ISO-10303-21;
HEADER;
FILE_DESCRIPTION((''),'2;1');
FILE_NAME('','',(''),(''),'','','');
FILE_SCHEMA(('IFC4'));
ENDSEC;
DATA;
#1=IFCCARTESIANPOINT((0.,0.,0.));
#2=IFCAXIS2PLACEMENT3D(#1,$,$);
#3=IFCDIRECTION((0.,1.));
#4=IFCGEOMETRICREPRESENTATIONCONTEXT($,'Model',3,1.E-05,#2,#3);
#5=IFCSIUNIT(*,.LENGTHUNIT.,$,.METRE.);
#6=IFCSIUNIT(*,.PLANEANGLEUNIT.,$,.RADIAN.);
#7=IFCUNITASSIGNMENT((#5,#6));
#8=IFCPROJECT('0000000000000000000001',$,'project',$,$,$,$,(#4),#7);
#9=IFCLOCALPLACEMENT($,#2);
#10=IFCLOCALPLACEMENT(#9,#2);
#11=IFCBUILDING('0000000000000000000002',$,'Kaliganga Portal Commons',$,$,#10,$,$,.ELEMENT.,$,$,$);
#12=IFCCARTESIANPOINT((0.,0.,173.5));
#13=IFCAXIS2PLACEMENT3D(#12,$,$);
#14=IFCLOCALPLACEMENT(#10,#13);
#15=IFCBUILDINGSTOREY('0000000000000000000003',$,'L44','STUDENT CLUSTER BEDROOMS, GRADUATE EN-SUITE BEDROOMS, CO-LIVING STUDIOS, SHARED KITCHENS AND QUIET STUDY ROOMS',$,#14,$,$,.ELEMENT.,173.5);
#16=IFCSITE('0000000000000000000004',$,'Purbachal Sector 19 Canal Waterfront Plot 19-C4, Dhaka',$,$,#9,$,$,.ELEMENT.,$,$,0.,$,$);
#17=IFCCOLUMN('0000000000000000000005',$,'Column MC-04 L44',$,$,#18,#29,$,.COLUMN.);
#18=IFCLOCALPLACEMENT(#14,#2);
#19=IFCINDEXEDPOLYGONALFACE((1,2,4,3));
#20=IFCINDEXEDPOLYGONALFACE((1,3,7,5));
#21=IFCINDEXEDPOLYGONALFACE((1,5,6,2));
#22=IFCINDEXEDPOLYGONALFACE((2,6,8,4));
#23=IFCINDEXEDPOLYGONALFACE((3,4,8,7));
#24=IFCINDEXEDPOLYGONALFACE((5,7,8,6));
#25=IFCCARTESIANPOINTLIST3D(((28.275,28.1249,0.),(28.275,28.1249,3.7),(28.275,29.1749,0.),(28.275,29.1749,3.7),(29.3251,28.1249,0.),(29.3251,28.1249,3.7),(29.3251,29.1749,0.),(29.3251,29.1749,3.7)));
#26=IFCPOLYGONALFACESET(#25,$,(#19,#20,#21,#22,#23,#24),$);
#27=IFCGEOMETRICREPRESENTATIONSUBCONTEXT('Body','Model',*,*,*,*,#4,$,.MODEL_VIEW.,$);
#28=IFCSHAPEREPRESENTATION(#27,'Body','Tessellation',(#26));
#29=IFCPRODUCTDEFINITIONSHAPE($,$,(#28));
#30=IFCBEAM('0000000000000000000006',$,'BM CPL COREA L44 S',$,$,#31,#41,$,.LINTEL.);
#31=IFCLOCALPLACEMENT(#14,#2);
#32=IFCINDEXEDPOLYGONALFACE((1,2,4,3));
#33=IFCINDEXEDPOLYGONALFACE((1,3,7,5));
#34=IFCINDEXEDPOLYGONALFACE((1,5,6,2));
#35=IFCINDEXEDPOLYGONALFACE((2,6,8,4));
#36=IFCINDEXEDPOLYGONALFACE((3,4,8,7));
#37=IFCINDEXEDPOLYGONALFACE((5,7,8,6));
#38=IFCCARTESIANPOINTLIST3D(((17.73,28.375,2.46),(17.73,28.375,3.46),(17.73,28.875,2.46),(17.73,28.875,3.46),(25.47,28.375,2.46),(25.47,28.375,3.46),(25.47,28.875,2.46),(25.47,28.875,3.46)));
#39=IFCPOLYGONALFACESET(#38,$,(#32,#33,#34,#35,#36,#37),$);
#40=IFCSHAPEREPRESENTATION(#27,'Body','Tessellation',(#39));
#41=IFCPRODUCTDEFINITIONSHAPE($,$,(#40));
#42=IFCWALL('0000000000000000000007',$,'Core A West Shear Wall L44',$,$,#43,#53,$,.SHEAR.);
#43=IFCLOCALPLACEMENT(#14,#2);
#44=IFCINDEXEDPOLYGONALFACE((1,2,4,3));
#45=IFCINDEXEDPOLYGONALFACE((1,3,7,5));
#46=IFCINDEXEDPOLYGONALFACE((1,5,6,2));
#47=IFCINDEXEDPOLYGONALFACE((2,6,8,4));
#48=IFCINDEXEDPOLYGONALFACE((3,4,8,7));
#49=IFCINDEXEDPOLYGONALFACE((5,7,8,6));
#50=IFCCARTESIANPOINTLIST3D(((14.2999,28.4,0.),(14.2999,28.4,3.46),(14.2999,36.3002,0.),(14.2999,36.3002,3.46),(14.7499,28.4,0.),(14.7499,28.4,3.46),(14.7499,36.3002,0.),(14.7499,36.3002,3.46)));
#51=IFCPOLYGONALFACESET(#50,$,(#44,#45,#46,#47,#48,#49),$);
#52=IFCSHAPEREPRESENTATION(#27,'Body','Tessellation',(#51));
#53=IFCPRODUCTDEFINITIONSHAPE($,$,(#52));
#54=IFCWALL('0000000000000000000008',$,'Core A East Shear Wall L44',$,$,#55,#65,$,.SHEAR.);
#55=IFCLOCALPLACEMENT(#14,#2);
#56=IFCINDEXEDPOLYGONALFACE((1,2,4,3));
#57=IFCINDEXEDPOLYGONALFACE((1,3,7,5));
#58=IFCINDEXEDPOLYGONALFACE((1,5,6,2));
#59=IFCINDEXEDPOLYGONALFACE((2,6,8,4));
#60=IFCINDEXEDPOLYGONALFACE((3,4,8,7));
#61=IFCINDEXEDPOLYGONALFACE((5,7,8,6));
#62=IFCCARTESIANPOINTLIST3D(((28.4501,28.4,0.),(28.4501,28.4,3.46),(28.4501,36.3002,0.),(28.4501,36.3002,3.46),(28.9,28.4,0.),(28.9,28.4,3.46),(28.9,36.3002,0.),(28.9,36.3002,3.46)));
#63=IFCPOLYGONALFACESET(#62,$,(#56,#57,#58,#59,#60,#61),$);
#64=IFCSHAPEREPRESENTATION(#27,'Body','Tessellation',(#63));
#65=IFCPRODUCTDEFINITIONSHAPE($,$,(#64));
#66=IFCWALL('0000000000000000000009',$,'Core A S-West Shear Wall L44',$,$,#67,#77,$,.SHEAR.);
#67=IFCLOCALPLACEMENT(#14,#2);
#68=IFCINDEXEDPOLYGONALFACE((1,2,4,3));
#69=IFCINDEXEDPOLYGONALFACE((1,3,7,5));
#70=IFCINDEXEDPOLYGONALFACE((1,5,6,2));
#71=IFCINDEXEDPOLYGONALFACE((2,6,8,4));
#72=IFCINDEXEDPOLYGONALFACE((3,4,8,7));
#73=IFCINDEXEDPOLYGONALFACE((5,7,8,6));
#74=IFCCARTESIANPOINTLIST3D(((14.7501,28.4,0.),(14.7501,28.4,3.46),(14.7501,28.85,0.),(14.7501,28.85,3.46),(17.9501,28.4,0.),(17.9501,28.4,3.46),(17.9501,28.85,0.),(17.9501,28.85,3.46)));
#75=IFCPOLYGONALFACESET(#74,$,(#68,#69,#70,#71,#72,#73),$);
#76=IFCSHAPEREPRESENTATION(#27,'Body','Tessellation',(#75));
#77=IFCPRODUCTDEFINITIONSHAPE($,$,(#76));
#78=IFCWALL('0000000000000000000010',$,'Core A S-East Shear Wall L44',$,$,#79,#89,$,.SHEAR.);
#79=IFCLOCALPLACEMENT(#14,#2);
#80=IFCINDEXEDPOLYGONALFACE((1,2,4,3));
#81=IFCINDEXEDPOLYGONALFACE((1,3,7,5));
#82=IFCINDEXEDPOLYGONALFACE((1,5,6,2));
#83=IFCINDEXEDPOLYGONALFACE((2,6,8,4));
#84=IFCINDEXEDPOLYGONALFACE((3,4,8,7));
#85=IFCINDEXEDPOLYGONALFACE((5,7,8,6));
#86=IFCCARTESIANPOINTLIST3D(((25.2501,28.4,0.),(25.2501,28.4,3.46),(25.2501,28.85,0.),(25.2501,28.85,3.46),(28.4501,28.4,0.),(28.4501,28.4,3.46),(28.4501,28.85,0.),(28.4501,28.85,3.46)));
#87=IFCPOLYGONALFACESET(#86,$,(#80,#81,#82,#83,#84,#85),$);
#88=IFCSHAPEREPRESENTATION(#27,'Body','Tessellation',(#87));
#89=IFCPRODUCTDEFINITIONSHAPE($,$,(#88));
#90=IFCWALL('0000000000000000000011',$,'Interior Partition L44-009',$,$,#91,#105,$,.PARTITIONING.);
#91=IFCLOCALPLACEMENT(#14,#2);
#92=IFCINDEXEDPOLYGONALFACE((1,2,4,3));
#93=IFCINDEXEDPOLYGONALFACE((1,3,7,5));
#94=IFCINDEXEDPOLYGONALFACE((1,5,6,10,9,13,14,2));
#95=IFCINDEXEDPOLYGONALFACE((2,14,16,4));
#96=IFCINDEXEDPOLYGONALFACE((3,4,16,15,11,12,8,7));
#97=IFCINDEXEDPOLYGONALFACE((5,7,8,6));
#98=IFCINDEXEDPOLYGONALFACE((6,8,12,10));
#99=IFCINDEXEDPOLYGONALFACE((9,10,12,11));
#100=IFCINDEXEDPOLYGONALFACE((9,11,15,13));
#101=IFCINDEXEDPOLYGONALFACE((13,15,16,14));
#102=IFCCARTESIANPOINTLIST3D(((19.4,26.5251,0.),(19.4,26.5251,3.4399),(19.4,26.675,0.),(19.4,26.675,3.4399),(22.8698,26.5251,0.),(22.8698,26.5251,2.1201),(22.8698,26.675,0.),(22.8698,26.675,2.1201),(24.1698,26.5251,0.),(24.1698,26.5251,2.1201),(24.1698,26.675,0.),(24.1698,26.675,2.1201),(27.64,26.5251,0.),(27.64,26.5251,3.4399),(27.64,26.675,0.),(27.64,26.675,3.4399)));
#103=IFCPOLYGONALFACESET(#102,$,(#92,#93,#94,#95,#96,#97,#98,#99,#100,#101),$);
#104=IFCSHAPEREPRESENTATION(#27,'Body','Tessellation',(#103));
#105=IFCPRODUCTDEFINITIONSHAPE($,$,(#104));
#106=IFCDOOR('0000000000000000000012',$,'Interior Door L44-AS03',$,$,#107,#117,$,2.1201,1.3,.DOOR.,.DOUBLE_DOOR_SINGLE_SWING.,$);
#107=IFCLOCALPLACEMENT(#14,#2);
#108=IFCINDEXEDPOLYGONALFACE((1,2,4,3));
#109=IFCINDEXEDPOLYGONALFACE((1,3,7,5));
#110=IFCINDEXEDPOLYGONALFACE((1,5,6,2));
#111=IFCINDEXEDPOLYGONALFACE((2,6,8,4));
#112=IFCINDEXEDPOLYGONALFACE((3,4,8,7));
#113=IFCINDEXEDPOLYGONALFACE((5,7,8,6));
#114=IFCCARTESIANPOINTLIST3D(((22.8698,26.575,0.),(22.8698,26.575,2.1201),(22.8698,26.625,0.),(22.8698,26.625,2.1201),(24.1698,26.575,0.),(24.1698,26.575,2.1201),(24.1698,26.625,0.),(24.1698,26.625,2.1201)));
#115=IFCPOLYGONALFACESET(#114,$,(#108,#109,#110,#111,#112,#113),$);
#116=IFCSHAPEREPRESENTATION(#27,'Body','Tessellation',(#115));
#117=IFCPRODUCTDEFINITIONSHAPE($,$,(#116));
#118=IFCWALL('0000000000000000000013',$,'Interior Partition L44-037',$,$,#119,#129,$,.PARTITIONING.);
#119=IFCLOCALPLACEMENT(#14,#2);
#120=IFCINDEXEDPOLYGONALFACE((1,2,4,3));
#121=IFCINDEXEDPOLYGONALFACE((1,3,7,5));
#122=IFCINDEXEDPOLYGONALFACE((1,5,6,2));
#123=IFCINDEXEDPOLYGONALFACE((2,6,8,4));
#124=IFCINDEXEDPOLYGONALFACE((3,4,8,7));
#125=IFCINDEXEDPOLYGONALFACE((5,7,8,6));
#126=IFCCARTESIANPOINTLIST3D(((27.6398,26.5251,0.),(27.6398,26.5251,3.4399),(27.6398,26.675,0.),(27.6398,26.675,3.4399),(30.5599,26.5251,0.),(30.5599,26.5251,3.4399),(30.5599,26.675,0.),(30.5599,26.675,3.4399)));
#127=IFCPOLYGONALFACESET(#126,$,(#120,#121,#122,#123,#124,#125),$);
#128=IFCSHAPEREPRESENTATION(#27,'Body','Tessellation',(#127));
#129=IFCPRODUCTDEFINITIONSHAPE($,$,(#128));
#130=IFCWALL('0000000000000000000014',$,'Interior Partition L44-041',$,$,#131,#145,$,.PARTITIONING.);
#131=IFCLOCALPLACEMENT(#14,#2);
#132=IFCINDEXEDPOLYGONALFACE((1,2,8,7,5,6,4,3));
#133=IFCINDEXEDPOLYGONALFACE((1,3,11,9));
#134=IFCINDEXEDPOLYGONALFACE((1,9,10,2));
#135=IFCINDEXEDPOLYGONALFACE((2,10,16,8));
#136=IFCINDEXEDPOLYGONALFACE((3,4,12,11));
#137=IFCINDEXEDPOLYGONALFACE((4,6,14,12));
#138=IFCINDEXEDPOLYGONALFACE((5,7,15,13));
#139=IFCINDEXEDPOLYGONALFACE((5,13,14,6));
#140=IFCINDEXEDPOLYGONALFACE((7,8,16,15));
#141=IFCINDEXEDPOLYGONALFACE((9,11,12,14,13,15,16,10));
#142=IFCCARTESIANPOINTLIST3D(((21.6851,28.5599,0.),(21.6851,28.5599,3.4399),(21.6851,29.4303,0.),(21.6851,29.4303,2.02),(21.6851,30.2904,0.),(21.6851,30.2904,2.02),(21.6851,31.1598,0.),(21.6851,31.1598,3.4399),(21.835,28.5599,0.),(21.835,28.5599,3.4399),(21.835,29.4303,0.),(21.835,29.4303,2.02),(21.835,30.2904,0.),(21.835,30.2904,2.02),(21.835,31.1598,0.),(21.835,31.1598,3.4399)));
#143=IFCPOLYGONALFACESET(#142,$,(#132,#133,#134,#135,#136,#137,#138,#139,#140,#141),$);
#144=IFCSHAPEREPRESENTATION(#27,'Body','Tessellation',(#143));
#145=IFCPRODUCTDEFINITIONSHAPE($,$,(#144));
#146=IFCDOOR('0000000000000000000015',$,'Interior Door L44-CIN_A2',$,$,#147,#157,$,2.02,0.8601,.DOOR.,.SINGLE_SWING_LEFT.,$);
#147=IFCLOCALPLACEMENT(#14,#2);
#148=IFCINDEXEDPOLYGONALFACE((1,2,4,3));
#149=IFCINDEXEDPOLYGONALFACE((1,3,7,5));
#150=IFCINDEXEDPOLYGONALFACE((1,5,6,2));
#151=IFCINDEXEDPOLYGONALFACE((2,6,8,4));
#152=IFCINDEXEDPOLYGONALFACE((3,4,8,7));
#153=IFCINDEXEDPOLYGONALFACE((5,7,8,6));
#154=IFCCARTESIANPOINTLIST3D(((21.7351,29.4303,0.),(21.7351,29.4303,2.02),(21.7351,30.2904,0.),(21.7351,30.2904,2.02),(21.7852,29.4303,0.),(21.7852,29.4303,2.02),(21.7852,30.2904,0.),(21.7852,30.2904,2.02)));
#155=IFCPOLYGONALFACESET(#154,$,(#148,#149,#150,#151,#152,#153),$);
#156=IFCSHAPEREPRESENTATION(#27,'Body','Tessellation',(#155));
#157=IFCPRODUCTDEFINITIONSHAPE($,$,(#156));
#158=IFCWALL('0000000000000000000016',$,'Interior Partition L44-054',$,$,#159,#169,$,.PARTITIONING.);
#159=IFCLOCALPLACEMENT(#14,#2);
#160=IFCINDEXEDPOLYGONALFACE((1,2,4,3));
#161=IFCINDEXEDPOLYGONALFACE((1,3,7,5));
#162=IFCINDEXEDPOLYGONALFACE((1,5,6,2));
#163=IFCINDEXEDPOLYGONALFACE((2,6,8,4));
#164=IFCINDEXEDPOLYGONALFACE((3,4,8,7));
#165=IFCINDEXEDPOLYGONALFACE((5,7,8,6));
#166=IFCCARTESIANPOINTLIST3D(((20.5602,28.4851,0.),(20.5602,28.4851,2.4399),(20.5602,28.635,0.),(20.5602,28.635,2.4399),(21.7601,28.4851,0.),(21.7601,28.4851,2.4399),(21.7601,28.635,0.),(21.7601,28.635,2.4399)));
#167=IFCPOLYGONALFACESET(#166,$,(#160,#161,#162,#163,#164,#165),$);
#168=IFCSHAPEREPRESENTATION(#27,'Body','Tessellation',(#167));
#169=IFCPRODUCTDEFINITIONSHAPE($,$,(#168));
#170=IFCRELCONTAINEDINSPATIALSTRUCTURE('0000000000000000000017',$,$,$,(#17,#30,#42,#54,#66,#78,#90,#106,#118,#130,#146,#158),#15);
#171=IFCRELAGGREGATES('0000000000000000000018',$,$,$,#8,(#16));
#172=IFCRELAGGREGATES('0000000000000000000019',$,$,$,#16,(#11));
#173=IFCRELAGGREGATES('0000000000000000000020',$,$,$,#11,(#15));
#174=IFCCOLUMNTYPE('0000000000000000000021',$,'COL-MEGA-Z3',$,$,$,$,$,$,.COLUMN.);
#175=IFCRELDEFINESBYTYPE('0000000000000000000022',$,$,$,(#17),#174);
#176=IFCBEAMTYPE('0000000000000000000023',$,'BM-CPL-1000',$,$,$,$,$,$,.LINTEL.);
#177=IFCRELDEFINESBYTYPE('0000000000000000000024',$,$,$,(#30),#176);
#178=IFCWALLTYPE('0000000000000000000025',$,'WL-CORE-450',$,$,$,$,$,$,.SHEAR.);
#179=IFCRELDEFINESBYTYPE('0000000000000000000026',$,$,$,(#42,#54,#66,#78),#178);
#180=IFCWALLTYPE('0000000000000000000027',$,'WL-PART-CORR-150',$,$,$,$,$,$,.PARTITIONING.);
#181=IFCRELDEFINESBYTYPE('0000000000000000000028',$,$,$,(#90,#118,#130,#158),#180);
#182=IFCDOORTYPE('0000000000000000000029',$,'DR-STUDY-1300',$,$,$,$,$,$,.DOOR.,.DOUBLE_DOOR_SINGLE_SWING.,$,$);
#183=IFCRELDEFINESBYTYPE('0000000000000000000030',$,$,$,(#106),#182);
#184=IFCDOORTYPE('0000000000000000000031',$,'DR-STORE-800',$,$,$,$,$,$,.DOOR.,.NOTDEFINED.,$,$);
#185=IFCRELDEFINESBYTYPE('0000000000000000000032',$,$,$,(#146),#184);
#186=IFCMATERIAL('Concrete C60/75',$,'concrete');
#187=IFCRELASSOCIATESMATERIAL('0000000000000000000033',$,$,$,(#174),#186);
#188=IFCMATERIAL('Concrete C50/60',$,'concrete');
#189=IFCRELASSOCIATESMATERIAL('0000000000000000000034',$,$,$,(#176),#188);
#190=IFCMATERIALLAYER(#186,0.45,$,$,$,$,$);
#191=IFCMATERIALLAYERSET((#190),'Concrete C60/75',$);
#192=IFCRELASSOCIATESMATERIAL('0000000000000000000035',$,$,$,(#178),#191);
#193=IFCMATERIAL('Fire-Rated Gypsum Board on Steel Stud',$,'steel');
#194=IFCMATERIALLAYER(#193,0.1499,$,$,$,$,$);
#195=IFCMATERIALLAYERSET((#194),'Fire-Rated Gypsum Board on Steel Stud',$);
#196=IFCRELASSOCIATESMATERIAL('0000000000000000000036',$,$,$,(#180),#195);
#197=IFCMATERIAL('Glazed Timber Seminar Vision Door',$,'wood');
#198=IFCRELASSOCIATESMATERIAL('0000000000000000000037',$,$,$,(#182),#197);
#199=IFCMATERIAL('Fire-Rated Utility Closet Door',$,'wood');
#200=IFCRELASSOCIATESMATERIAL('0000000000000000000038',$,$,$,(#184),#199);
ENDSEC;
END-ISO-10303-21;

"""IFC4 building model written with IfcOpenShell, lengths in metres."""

from ifc_helpers import new_model, si_unit, direction, frame, frame_2d, origin, origin_2d, place, context, subcontext, project, spatial, rectangle, extrude, source, transform, mapped, material, layer, layer_set, material_profile, profile_set, type_object, element, fill, save


model = new_model("IFC4")

# Units and contexts
model_context = context("Model", 3, precision=1e-05, world=origin(), true_north=direction((0.0, 1.0)))
body_context = subcontext(model_context, "Body", "Model", "MODEL_VIEW")
ifc_project = project(units=[si_unit("LENGTHUNIT", "METRE"), si_unit("PLANEANGLEUNIT", "RADIAN")], contexts=[model_context])

# Site, building, storey
site_placement = place(None, origin())
site = spatial("IfcSite", under=ifc_project, at=site_placement, Name="Purbachal Sector 19 Canal Waterfront Plot 19-C4, Dhaka", CompositionType="ELEMENT", RefElevation=0.0)
building_placement = place(site_placement, origin())
building = spatial("IfcBuilding", under=site, at=building_placement, Name="Kaliganga Portal Commons", CompositionType="ELEMENT")
storey_placement = place(building_placement, frame((0.0, 0.0, 173.5)))
storey = spatial("IfcBuildingStorey", under=building, at=storey_placement, Name="L44", Description="STUDENT CLUSTER BEDROOMS, GRADUATE EN-SUITE BEDROOMS, CO-LIVING STUDIOS, SHARED KITCHENS AND QUIET STUDY ROOMS", CompositionType="ELEMENT", Elevation=173.5)

# Column
ifc_material_1 = material(Name="Concrete C60/75", Category="concrete")
ifc_material_profile_1 = material_profile(ifc_material_1, rectangle(XDim=1.05, YDim=1.05, at=origin_2d()), Name="RC 1050x1050")
ifc_profile_set_1 = profile_set([ifc_material_profile_1], Name="Concrete C60/75")
column_type = type_object("IfcColumnType", Name="COL-MEGA-Z3", PredefinedType="COLUMN", material=ifc_profile_set_1)
shared_shape_1 = source(origin(), body_context, "Body", "SweptSolid", [
    extrude(rectangle(XDim=1.05, YDim=1.05, at=origin_2d()), origin(), (0.0, 0.0, 1.0), 3.7),
])
column_placement = place(storey_placement, frame((28.8, 28.6499, 0.0), z_axis=(0.0, 0.0, 1.0), x_axis=(1.0, 0.0, 0.0)))
element("IfcColumn", 1, at=column_placement, inside=storey, type_object=column_type, Name="Column MC-04 L44", PredefinedType="COLUMN", context=body_context, shape_type="MappedRepresentation", body=[
    mapped(shared_shape_1, transform((0.0, 0.0, 0.0), x_axis=(1.0, 0.0, 0.0), y_axis=(0.0, 1.0, 0.0), z_axis=(0.0, 0.0, 1.0), scale=1.0)),
])

# Beam
ifc_material_2 = material(Name="Concrete C50/60", Category="concrete")
ifc_material_profile_2 = material_profile(ifc_material_2, rectangle(XDim=0.5, YDim=1.0, at=origin_2d()), Name="RC 500x1000")
ifc_profile_set_2 = profile_set([ifc_material_profile_2], Name="Concrete C50/60")
beam_type = type_object("IfcBeamType", Name="BM-CPL-1000", PredefinedType="LINTEL", material=ifc_profile_set_2)
shared_shape_2 = source(origin(), body_context, "Body", "SweptSolid", [
    extrude(rectangle(XDim=0.5, YDim=1.0, at=origin_2d()), origin(), (0.0, 0.0, 1.0), 7.74),
])
beam_placement = place(storey_placement, frame((17.73, 28.625, 2.96), z_axis=(1.0, 0.0, 0.0), x_axis=(0.0, 1.0, 0.0)))
element("IfcBeam", 2, at=beam_placement, inside=storey, type_object=beam_type, Name="BM CPL COREA L44 S", PredefinedType="LINTEL", context=body_context, shape_type="MappedRepresentation", body=[
    mapped(shared_shape_2, transform((0.0, 0.0, 0.0), x_axis=(1.0, 0.0, 0.0), y_axis=(0.0, 1.0, 0.0), z_axis=(0.0, 0.0, 1.0), scale=1.0)),
])

# Walls
ifc_layer_1 = layer(ifc_material_1, 0.45)
ifc_layer_set_1 = layer_set([ifc_layer_1], Name="Concrete C60/75")
wall_type_1 = type_object("IfcWallType", Name="WL-CORE-450", PredefinedType="SHEAR", material=ifc_layer_set_1)
for number, where, z_axis, x_axis, name in (
    (3, (14.5249, 28.3999, 0.0), (0.0, 0.0, 1.0), (0.0, 1.0, 0.0), "Core A West Shear Wall L44"),
    (4, (28.675, 28.3999, 0.0), (0.0, 0.0, 1.0), (0.0, 1.0, 0.0), "Core A East Shear Wall L44"),
):
    element("IfcWall", number, at=place(storey_placement, frame(where, z_axis=z_axis, x_axis=x_axis)), inside=storey, type_object=wall_type_1, Name=name, PredefinedType="SHEAR", context=body_context, shape_type="SweptSolid", body=[
        extrude(rectangle(XDim=7.9001, YDim=0.45, at=frame_2d((3.9502, 0.0))), origin(), (0.0, 0.0, 1.0), 3.46),
    ])
for number, where, z_axis, x_axis, name in (
    (5, (14.75, 28.625, 0.0), (0.0, 0.0, 1.0), (1.0, 0.0, 0.0), "Core A S-West Shear Wall L44"),
    (6, (25.25, 28.625, 0.0), (0.0, 0.0, 1.0), (1.0, 0.0, 0.0), "Core A S-East Shear Wall L44"),
):
    element("IfcWall", number, at=place(storey_placement, frame(where, z_axis=z_axis, x_axis=x_axis)), inside=storey, type_object=wall_type_1, Name=name, PredefinedType="SHEAR", context=body_context, shape_type="SweptSolid", body=[
        extrude(rectangle(XDim=3.2, YDim=0.45, at=frame_2d((1.6001, 0.0))), origin(), (0.0, 0.0, 1.0), 3.46),
    ])

# Wall, opening, door
ifc_material_3 = material(Name="Fire-Rated Gypsum Board on Steel Stud", Category="steel")
ifc_layer_2 = layer(ifc_material_3, 0.1499)
ifc_layer_set_2 = layer_set([ifc_layer_2], Name="Fire-Rated Gypsum Board on Steel Stud")
wall_type_2 = type_object("IfcWallType", Name="WL-PART-CORR-150", PredefinedType="PARTITIONING", material=ifc_layer_set_2)
wall_1_placement = place(storey_placement, frame((19.3999, 26.6001, 0.0), z_axis=(0.0, 0.0, 1.0), x_axis=(1.0, 0.0, 0.0)))
wall_1 = element("IfcWall", 7, at=wall_1_placement, inside=storey, type_object=wall_type_2, Name="Interior Partition L44-009", PredefinedType="PARTITIONING", context=body_context, shape_type="SweptSolid", body=[
    extrude(rectangle(XDim=8.24, YDim=0.1499, at=frame_2d((4.1201, 0.0))), origin(), (0.0, 0.0, 1.0), 3.4399),
])
opening_1_placement = place(wall_1_placement, frame((3.47, 0.0, 0.0)))
opening_1 = element("IfcOpeningElement", 8, at=opening_1_placement, cuts=wall_1, PredefinedType="OPENING", context=body_context, shape_type="SweptSolid", body=[
    extrude(rectangle(XDim=1.3, YDim=2.1201, at=frame_2d((0.6499, 1.0601))), frame((0.0, 0.085, 0.0), z_axis=(0.0, -1.0, 0.0), x_axis=(1.0, 0.0, 0.0)), (0.0, 0.0, 1.0), 0.1699),
])
ifc_material_4 = material(Name="Glazed Timber Seminar Vision Door", Category="wood")
door_type_1 = type_object("IfcDoorType", Name="DR-STUDY-1300", OperationType="DOUBLE_DOOR_SINGLE_SWING", PredefinedType="DOOR", material=ifc_material_4)
door_1_placement = place(opening_1_placement, origin())
door_1 = element("IfcDoor", 9, at=door_1_placement, inside=storey, type_object=door_type_1, Name="Interior Door L44-AS03", OperationType="DOUBLE_DOOR_SINGLE_SWING", OverallHeight=2.1201, OverallWidth=1.3, PredefinedType="DOOR", context=body_context, shape_type="SweptSolid", body=[
    extrude(rectangle(XDim=1.3, YDim=2.1201, at=frame_2d((0.6499, 1.0601))), frame((0.0, 0.0249, 0.0), z_axis=(0.0, -1.0, 0.0), x_axis=(1.0, 0.0, 0.0)), (0.0, 0.0, 1.0), 0.05),
])
fill(opening_1, door_1)

# Wall
wall_2_placement = place(storey_placement, frame((27.6399, 26.6001, 0.0), z_axis=(0.0, 0.0, 1.0), x_axis=(1.0, 0.0, 0.0)))
element("IfcWall", 10, at=wall_2_placement, inside=storey, type_object=wall_type_2, Name="Interior Partition L44-037", PredefinedType="PARTITIONING", context=body_context, shape_type="SweptSolid", body=[
    extrude(rectangle(XDim=2.9202, YDim=0.1499, at=frame_2d((1.46, 0.0))), origin(), (0.0, 0.0, 1.0), 3.4399),
])

# Wall, opening, door
wall_3_placement = place(storey_placement, frame((21.76, 28.5601, 0.0), z_axis=(0.0, 0.0, 1.0), x_axis=(0.0, 1.0, 0.0)))
wall_3 = element("IfcWall", 11, at=wall_3_placement, inside=storey, type_object=wall_type_2, Name="Interior Partition L44-041", PredefinedType="PARTITIONING", context=body_context, shape_type="SweptSolid", body=[
    extrude(rectangle(XDim=2.5999, YDim=0.1499, at=frame_2d((1.2998, 0.0))), origin(), (0.0, 0.0, 1.0), 3.4399),
])
opening_2_placement = place(wall_3_placement, frame((0.8701, 0.0, 0.0)))
opening_2 = element("IfcOpeningElement", 12, at=opening_2_placement, cuts=wall_3, PredefinedType="OPENING", context=body_context, shape_type="SweptSolid", body=[
    extrude(rectangle(XDim=0.8601, YDim=2.02, at=frame_2d((0.4302, 1.01))), frame((0.0, 0.085, 0.0), z_axis=(0.0, -1.0, 0.0), x_axis=(1.0, 0.0, 0.0)), (0.0, 0.0, 1.0), 0.1699),
])
ifc_material_5 = material(Name="Fire-Rated Utility Closet Door", Category="wood")
door_type_2 = type_object("IfcDoorType", Name="DR-STORE-800", OperationType="NOTDEFINED", PredefinedType="DOOR", material=ifc_material_5)
door_2_placement = place(opening_2_placement, origin())
door_2 = element("IfcDoor", 13, at=door_2_placement, inside=storey, type_object=door_type_2, Name="Interior Door L44-CIN_A2", OperationType="SINGLE_SWING_LEFT", OverallHeight=2.02, OverallWidth=0.8601, PredefinedType="DOOR", context=body_context, shape_type="SweptSolid", body=[
    extrude(rectangle(XDim=0.8601, YDim=2.02, at=frame_2d((0.4302, 1.01))), frame((0.0, 0.0249, 0.0), z_axis=(0.0, -1.0, 0.0), x_axis=(1.0, 0.0, 0.0)), (0.0, 0.0, 1.0), 0.05),
])
fill(opening_2, door_2)

# Wall
wall_4_placement = place(storey_placement, frame((20.5601, 28.5601, 0.0), z_axis=(0.0, 0.0, 1.0), x_axis=(1.0, 0.0, 0.0)))
element("IfcWall", 14, at=wall_4_placement, inside=storey, type_object=wall_type_2, Name="Interior Partition L44-054", PredefinedType="PARTITIONING", context=body_context, shape_type="SweptSolid", body=[
    extrude(rectangle(XDim=1.2, YDim=0.1499, at=frame_2d((0.6001, 0.0))), origin(), (0.0, 0.0, 1.0), 2.4399),
])

save(model, "model.ifc")
